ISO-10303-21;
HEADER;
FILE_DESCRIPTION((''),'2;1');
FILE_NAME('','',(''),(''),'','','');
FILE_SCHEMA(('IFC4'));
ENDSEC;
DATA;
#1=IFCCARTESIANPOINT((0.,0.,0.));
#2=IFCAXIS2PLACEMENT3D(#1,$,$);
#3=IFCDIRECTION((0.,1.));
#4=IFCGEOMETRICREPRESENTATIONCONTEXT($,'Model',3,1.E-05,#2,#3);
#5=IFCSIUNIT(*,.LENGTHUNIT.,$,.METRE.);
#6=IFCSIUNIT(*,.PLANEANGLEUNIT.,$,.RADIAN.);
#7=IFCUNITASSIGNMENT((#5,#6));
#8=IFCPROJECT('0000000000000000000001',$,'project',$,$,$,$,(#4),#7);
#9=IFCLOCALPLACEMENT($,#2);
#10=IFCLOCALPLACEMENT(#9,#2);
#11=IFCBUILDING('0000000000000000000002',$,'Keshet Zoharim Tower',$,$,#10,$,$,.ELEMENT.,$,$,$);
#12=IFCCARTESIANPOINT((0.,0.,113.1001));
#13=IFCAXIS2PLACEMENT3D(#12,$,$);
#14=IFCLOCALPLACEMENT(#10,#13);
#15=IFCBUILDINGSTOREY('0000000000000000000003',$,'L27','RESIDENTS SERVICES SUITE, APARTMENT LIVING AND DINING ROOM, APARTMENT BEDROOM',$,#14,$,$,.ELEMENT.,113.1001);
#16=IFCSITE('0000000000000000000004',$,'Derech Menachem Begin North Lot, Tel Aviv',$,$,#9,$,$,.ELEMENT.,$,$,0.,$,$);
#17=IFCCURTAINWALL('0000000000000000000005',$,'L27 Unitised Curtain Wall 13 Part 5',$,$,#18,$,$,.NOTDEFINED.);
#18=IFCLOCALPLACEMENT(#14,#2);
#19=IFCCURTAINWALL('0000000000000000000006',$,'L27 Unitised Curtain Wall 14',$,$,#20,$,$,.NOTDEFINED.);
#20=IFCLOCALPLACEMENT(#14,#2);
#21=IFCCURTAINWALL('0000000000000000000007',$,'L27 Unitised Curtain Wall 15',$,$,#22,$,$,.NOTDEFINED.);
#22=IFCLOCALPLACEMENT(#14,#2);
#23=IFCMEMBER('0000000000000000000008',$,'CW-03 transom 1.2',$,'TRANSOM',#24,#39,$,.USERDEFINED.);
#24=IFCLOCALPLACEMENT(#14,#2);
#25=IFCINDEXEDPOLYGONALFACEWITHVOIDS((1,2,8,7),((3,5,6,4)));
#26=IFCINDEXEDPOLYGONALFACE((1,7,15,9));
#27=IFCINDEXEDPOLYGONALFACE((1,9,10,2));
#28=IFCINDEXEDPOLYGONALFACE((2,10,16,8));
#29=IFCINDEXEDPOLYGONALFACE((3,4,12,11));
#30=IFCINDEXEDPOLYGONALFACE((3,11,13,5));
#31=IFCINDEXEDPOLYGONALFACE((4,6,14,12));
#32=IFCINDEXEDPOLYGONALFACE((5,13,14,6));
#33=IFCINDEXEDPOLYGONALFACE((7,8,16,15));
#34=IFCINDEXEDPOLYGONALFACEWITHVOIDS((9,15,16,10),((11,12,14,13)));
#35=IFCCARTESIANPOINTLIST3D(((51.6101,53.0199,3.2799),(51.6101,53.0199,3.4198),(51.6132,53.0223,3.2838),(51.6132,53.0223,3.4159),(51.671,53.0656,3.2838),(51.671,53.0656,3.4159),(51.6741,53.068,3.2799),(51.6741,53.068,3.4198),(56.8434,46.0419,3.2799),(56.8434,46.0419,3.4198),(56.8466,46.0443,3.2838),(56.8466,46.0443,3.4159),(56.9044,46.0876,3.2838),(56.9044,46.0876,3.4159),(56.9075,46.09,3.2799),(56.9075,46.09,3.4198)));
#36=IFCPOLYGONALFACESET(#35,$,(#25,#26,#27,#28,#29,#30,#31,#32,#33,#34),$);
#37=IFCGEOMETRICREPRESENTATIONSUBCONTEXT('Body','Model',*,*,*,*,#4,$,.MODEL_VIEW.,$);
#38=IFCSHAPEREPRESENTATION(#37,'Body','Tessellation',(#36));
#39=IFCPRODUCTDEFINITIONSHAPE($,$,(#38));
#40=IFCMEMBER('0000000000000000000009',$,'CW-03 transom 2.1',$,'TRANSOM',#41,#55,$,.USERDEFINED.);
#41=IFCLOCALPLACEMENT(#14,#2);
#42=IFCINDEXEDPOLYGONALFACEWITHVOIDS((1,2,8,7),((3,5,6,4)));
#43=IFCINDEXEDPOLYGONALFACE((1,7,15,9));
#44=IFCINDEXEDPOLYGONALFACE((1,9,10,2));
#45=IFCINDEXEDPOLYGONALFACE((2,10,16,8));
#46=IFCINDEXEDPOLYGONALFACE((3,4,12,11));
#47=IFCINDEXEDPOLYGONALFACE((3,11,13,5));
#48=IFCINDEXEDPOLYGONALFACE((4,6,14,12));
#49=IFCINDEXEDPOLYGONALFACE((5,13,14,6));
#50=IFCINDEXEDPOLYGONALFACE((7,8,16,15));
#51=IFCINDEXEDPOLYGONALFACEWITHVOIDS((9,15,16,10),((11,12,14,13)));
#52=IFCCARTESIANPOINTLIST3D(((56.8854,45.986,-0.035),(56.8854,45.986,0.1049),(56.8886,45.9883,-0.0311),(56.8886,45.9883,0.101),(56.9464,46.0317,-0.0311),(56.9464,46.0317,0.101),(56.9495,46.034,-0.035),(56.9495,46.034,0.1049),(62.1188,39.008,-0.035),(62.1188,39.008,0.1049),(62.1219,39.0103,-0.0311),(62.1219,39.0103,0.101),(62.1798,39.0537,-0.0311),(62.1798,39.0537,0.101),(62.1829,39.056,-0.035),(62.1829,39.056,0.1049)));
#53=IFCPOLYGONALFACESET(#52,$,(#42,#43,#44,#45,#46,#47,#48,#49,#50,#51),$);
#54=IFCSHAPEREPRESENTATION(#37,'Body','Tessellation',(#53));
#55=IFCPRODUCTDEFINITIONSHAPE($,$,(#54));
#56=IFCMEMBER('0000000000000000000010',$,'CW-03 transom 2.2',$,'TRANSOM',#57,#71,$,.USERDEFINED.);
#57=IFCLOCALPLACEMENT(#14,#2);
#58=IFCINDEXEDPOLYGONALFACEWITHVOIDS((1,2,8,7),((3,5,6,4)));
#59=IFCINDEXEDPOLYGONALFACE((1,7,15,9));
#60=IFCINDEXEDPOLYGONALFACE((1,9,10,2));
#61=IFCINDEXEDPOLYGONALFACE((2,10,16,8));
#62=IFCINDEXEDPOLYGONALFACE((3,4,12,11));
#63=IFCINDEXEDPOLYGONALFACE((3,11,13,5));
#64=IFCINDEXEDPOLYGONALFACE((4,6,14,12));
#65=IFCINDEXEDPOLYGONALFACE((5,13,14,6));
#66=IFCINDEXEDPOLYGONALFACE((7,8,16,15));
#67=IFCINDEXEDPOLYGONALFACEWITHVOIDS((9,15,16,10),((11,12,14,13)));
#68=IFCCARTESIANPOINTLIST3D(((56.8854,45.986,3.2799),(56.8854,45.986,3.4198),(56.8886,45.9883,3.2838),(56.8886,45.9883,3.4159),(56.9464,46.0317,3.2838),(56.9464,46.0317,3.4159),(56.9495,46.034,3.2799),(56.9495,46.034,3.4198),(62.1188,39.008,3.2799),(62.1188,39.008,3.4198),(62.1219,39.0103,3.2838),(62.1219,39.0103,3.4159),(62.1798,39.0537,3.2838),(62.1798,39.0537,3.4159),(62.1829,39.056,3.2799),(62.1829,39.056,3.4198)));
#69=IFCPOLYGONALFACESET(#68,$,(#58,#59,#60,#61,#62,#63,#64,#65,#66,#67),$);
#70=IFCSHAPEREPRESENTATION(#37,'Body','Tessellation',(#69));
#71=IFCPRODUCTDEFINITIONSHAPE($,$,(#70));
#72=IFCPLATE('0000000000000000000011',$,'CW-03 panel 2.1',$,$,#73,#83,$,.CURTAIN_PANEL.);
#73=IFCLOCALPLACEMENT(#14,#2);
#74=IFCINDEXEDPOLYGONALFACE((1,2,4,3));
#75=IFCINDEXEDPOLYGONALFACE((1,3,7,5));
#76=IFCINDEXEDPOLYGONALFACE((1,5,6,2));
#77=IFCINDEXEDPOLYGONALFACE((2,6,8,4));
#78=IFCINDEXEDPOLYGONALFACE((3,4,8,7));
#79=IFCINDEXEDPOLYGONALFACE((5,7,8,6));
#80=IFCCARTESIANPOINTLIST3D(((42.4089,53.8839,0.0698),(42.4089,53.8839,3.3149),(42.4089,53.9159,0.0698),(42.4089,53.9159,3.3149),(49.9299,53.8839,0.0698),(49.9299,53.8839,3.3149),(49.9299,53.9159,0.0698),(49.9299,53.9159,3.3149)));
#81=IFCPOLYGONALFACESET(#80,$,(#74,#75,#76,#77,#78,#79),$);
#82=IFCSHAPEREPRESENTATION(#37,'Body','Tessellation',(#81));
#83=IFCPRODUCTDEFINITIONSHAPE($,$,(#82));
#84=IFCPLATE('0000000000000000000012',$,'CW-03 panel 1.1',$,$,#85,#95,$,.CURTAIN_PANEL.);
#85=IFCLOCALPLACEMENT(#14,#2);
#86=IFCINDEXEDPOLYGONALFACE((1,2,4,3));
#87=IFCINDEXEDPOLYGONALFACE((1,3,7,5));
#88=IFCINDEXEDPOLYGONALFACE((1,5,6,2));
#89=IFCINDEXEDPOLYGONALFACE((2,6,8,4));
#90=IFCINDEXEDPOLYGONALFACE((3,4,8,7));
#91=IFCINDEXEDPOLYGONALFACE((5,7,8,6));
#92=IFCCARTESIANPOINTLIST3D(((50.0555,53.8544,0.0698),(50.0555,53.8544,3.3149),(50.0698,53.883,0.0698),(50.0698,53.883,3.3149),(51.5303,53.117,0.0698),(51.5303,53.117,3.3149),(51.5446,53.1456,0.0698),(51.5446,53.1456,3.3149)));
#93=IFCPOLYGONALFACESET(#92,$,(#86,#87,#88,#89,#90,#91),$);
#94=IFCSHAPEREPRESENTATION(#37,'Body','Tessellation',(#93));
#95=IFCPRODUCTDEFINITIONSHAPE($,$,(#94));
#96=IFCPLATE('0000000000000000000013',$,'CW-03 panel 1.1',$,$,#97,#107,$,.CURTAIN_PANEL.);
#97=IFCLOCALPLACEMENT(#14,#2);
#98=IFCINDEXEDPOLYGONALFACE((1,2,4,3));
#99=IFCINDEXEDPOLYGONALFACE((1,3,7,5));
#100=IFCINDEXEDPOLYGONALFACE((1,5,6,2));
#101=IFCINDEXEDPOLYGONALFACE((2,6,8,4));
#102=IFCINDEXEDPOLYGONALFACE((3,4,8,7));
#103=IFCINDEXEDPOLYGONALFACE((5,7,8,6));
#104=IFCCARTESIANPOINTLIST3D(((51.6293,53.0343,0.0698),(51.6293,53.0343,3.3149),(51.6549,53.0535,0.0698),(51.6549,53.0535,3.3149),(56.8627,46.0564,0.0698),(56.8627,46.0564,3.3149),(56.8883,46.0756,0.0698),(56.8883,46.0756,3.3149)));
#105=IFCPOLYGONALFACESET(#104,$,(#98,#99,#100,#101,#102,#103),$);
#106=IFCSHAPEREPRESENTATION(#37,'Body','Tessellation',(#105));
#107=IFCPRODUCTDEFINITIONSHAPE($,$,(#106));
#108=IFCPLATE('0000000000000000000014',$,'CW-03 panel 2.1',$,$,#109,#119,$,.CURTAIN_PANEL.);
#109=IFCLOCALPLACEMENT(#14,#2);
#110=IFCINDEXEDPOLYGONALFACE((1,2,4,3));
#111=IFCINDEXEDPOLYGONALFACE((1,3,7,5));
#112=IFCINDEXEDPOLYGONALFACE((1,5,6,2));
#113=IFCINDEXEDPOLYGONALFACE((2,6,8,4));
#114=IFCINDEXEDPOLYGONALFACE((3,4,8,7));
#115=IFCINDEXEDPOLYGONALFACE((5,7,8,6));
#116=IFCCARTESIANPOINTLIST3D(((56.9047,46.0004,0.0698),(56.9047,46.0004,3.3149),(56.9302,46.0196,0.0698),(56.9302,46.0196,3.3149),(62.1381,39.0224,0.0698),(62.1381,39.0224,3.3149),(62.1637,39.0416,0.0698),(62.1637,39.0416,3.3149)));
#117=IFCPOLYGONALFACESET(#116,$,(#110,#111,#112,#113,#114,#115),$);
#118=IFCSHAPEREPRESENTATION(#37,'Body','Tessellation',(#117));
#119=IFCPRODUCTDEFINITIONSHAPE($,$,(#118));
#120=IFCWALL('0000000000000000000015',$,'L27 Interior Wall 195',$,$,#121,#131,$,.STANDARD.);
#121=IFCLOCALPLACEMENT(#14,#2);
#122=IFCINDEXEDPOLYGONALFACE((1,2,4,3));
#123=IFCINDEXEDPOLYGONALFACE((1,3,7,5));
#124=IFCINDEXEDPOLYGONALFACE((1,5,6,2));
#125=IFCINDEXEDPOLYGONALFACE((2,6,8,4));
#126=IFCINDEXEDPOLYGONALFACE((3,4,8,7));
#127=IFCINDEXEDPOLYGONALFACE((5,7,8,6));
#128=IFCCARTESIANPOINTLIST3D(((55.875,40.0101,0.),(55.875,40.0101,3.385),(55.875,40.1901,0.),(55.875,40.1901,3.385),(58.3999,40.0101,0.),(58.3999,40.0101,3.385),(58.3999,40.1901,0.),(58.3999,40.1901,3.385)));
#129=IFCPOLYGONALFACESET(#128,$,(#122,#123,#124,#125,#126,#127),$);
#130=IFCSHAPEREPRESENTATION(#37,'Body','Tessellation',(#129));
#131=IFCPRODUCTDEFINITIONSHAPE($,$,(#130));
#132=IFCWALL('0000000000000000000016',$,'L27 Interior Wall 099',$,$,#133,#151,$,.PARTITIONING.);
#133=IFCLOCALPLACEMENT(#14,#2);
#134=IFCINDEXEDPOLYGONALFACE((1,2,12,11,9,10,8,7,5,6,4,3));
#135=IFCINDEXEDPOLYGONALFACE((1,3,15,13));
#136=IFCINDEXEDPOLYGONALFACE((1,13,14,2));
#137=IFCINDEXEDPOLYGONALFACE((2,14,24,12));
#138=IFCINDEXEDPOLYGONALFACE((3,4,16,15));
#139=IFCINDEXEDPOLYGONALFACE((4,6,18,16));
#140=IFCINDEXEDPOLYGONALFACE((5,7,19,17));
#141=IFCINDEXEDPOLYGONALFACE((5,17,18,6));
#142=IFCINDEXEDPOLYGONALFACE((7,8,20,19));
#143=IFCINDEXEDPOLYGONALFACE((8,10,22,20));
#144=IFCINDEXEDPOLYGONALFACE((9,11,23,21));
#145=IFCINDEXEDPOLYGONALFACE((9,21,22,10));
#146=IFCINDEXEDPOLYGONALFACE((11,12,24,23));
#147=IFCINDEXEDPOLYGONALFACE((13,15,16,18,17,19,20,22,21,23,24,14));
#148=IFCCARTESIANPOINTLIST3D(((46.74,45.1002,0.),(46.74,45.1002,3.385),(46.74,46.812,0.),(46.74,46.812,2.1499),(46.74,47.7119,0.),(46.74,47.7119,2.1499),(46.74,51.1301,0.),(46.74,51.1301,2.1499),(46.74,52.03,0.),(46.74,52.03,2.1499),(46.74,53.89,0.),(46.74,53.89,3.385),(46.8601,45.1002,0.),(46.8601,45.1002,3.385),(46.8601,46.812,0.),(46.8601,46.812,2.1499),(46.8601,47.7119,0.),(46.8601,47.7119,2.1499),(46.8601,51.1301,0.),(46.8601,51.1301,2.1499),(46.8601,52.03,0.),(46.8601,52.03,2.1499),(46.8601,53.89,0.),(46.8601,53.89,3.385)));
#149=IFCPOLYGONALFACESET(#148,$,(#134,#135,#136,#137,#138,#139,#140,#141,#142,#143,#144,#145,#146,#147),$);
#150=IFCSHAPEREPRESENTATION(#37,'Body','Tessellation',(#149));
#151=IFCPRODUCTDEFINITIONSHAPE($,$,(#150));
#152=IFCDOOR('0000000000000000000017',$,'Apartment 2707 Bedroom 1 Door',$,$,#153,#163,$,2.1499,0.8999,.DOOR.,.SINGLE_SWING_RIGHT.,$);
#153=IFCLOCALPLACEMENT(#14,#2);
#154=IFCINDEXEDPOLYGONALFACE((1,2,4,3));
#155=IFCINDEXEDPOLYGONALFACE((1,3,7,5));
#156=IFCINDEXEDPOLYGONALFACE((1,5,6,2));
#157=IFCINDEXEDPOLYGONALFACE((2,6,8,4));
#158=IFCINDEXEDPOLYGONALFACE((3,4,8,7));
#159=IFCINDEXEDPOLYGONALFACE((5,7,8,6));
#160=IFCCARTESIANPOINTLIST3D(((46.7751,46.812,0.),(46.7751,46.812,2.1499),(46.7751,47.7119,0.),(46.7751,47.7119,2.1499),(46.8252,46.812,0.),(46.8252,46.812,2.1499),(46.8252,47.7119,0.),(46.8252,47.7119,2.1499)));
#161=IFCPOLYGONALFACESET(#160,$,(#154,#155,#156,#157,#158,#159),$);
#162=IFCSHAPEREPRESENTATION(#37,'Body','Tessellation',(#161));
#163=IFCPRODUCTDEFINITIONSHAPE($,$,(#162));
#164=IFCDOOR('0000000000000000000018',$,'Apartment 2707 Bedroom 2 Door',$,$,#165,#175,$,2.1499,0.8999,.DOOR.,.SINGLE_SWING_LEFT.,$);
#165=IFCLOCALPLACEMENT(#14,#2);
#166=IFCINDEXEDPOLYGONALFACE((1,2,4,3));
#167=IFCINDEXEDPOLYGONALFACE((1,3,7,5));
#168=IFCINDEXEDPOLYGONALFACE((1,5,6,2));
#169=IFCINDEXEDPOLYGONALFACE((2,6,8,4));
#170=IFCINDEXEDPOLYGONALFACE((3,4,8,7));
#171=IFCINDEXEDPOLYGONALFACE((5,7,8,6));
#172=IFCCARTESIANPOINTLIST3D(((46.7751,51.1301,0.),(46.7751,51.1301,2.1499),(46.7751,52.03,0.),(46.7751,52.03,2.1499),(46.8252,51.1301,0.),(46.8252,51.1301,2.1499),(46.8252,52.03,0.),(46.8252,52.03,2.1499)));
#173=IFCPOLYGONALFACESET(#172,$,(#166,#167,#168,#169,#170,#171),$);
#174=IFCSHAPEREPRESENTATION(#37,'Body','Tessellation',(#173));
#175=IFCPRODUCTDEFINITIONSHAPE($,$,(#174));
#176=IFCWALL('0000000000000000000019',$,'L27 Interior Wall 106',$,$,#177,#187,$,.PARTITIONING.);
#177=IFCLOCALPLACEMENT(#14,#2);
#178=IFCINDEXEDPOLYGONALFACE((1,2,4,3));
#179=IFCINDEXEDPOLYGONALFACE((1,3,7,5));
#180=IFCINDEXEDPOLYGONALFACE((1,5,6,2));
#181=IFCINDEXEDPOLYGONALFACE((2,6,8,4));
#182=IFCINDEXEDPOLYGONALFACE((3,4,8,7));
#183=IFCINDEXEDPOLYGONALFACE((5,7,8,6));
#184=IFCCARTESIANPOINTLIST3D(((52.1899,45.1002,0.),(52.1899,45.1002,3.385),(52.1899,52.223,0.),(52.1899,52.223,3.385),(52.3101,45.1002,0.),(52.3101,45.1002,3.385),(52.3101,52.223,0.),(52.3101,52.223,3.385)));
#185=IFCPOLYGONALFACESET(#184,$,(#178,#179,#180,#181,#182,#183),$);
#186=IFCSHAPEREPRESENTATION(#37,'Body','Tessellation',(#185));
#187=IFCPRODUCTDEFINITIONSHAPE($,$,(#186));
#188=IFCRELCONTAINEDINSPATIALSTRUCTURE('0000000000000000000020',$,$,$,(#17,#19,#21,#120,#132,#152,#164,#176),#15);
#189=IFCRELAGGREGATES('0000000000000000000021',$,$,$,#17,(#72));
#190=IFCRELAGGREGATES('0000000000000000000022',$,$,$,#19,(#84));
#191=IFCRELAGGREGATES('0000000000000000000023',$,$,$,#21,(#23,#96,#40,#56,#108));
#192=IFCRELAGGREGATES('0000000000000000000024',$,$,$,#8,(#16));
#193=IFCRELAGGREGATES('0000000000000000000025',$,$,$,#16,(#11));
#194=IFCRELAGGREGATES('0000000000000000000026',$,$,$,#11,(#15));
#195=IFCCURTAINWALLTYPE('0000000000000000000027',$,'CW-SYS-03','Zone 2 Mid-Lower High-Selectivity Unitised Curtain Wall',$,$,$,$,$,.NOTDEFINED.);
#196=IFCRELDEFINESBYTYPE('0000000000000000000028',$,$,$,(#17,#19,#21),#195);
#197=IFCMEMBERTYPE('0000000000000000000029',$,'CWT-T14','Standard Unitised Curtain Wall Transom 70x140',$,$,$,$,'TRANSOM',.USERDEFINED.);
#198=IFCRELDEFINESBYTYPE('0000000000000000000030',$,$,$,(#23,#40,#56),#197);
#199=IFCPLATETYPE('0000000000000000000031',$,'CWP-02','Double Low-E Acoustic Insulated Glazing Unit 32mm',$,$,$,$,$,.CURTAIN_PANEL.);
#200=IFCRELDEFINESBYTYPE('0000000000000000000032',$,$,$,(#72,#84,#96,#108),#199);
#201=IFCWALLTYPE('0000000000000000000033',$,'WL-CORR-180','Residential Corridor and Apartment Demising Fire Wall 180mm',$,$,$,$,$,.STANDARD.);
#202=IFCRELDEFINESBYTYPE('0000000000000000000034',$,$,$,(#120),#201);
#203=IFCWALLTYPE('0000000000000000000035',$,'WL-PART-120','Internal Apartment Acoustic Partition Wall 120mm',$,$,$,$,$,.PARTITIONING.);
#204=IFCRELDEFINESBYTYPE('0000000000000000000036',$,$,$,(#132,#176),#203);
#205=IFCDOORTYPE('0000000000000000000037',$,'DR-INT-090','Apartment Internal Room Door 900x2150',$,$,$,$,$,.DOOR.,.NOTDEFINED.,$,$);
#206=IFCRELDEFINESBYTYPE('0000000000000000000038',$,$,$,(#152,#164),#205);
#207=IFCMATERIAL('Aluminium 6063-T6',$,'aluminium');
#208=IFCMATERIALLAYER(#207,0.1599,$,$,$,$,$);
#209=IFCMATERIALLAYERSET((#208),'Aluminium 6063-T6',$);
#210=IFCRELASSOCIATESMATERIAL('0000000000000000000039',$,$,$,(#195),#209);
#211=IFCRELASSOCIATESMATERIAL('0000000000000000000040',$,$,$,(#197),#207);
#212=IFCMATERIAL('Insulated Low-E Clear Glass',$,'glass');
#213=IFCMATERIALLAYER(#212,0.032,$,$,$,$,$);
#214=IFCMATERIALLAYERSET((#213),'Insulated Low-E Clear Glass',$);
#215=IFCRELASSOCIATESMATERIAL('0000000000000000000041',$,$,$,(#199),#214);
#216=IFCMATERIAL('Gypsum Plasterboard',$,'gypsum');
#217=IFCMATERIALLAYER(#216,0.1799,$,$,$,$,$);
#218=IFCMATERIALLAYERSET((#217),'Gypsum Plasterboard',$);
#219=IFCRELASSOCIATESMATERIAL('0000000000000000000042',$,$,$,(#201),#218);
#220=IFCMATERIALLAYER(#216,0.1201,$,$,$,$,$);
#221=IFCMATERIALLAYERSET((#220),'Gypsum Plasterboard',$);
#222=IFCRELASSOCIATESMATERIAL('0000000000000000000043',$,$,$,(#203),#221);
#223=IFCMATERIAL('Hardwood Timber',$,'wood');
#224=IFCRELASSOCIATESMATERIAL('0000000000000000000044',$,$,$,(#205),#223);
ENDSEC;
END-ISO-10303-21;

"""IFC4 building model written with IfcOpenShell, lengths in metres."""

from ifc_helpers import new_model, si_unit, direction, frame, frame_2d, origin, origin_2d, place, context, subcontext, project, spatial, rectangle, hollow_rectangle, extrude, material, layer, layer_set, material_profile, profile_set, type_object, element, fill, aggregate, save


model = new_model("IFC4")

# Units and contexts
model_context = context("Model", 3, precision=1e-05, world=origin(), true_north=direction((0.0, 1.0)))
body_context = subcontext(model_context, "Body", "Model", "MODEL_VIEW")
ifc_project = project(units=[si_unit("LENGTHUNIT", "METRE"), si_unit("PLANEANGLEUNIT", "RADIAN")], contexts=[model_context])

# Site, building, storey
site_placement = place(None, origin())
site = spatial("IfcSite", under=ifc_project, at=site_placement, Name="Derech Menachem Begin North Lot, Tel Aviv", CompositionType="ELEMENT", RefElevation=0.0)
building_placement = place(site_placement, origin())
building = spatial("IfcBuilding", under=site, at=building_placement, Name="Keshet Zoharim Tower", CompositionType="ELEMENT")
storey_placement = place(building_placement, frame((0.0, 0.0, 113.1001)))
storey = spatial("IfcBuildingStorey", under=building, at=storey_placement, Name="L27", Description="RESIDENTS SERVICES SUITE, APARTMENT LIVING AND DINING ROOM, APARTMENT BEDROOM", CompositionType="ELEMENT", Elevation=113.1001)

# Curtain wall
ifc_material_1 = material(Name="Aluminium 6063-T6", Category="aluminium")
ifc_layer_1 = layer(ifc_material_1, 0.1599)
ifc_layer_set_1 = layer_set([ifc_layer_1], Name="Aluminium 6063-T6")
curtain_wall_type = type_object("IfcCurtainWallType", Name="CW-SYS-03", Description="Zone 2 Mid-Lower High-Selectivity Unitised Curtain Wall", PredefinedType="NOTDEFINED", material=ifc_layer_set_1)
curtain_wall_1_placement = place(storey_placement, origin())
curtain_wall_1 = element("IfcCurtainWall", 1, at=curtain_wall_1_placement, inside=storey, type_object=curtain_wall_type, Name="L27 Unitised Curtain Wall 13 Part 5", PredefinedType="NOTDEFINED")

# Curtain walls
curtain_wall_2_placement = place(storey_placement, origin())
curtain_wall_2 = element("IfcCurtainWall", 2, at=curtain_wall_2_placement, inside=storey, type_object=curtain_wall_type, Name="L27 Unitised Curtain Wall 14", PredefinedType="NOTDEFINED")
curtain_wall_3_placement = place(storey_placement, origin())
curtain_wall_3 = element("IfcCurtainWall", 3, at=curtain_wall_3_placement, inside=storey, type_object=curtain_wall_type, Name="L27 Unitised Curtain Wall 15", PredefinedType="NOTDEFINED")

# Members
ifc_material_profile_1 = material_profile(ifc_material_1, hollow_rectangle(XDim=0.0801, YDim=0.1399, WallThickness=0.0039, at=origin_2d()), Name="TRN-80x140")
ifc_profile_set_1 = profile_set([ifc_material_profile_1], Name="Aluminium 6063-T6")
member_type_1 = type_object("IfcMemberType", Name="CWT-T14", Description="Standard Unitised Curtain Wall Transom 70x140", ElementType="TRANSOM", PredefinedType="USERDEFINED", material=ifc_profile_set_1)
member_1_placement = place(storey_placement, frame((51.6421, 53.0439, 3.3499), z_axis=(0.599991, -0.800007, 0.0), x_axis=(0.800007, 0.599991, 0.0)))
member_1 = element("IfcMember", 4, at=member_1_placement, type_object=member_type_1, Name="CW-03 transom 1.2", ObjectType="TRANSOM", PredefinedType="USERDEFINED", context=body_context, shape_type="SweptSolid", body=[
    extrude(hollow_rectangle(XDim=0.0801, YDim=0.1399, WallThickness=0.0039, at=origin_2d()), origin(), (0.0, 0.0, 1.0), 8.7224),
])
member_2_placement = place(storey_placement, frame((56.9175, 46.01, 0.0349), z_axis=(0.599991, -0.800007, 0.0), x_axis=(0.800007, 0.599991, 0.0)))
member_2 = element("IfcMember", 5, at=member_2_placement, type_object=member_type_1, Name="CW-03 transom 2.1", ObjectType="TRANSOM", PredefinedType="USERDEFINED", context=body_context, shape_type="SweptSolid", body=[
    extrude(hollow_rectangle(XDim=0.0801, YDim=0.1399, WallThickness=0.0039, at=origin_2d()), origin(), (0.0, 0.0, 1.0), 8.7224),
])
member_3_placement = place(storey_placement, frame((56.9175, 46.01, 3.3499), z_axis=(0.599991, -0.800007, 0.0), x_axis=(0.800007, 0.599991, 0.0)))
member_3 = element("IfcMember", 6, at=member_3_placement, type_object=member_type_1, Name="CW-03 transom 2.2", ObjectType="TRANSOM", PredefinedType="USERDEFINED", context=body_context, shape_type="SweptSolid", body=[
    extrude(hollow_rectangle(XDim=0.0801, YDim=0.1399, WallThickness=0.0039, at=origin_2d()), origin(), (0.0, 0.0, 1.0), 8.7224),
])

# Plates
ifc_material_2 = material(Name="Insulated Low-E Clear Glass", Category="glass")
ifc_layer_2 = layer(ifc_material_2, 0.032)
ifc_layer_set_2 = layer_set([ifc_layer_2], Name="Insulated Low-E Clear Glass")
plate_type = type_object("IfcPlateType", Name="CWP-02", Description="Double Low-E Acoustic Insulated Glazing Unit 32mm", PredefinedType="CURTAIN_PANEL", material=ifc_layer_set_2)
plate_1_placement = place(storey_placement, frame((46.1694, 53.8999, 0.0698), z_axis=(0.0, 0.0, 1.0), x_axis=(1.0, 0.0, 0.0)))
plate_1 = element("IfcPlate", 7, at=plate_1_placement, type_object=plate_type, Name="CW-03 panel 2.1", PredefinedType="CURTAIN_PANEL", context=body_context, shape_type="SweptSolid", body=[
    extrude(rectangle(XDim=7.521, YDim=0.032, at=origin_2d()), origin(), (0.0, 0.0, 1.0), 3.2451),
])
aggregate(curtain_wall_1, [plate_1])
plate_2_placement = place(storey_placement, frame((50.8, 53.5, 0.0698), z_axis=(0.0, 0.0, 1.0), x_axis=(0.894427, -0.447214, 0.0)))
plate_2 = element("IfcPlate", 8, at=plate_2_placement, type_object=plate_type, Name="CW-03 panel 1.1", PredefinedType="CURTAIN_PANEL", context=body_context, shape_type="SweptSolid", body=[
    extrude(rectangle(XDim=1.6489, YDim=0.032, at=origin_2d()), origin(), (0.0, 0.0, 1.0), 3.2451),
])
aggregate(curtain_wall_2, [plate_2])
plate_3_placement = place(storey_placement, frame((54.2588, 49.5549, 0.0698), z_axis=(0.0, 0.0, 1.0), x_axis=(0.6, -0.8, 0.0)))
plate_3 = element("IfcPlate", 9, at=plate_3_placement, type_object=plate_type, Name="CW-03 panel 1.1", PredefinedType="CURTAIN_PANEL", context=body_context, shape_type="SweptSolid", body=[
    extrude(rectangle(XDim=8.7224, YDim=0.032, at=origin_2d()), origin(), (0.0, 0.0, 1.0), 3.2451),
])
plate_4_placement = place(storey_placement, frame((59.5342, 42.521, 0.0698), z_axis=(0.0, 0.0, 1.0), x_axis=(0.6, -0.8, 0.0)))
plate_4 = element("IfcPlate", 10, at=plate_4_placement, type_object=plate_type, Name="CW-03 panel 2.1", PredefinedType="CURTAIN_PANEL", context=body_context, shape_type="SweptSolid", body=[
    extrude(rectangle(XDim=8.7224, YDim=0.032, at=origin_2d()), origin(), (0.0, 0.0, 1.0), 3.2451),
])
aggregate(curtain_wall_3, [member_1, plate_3, member_2, member_3, plate_4])

# Wall
ifc_material_3 = material(Name="Gypsum Plasterboard", Category="gypsum")
ifc_layer_3 = layer(ifc_material_3, 0.1799)
ifc_layer_set_3 = layer_set([ifc_layer_3], Name="Gypsum Plasterboard")
wall_type_1 = type_object("IfcWallType", Name="WL-CORR-180", Description="Residential Corridor and Apartment Demising Fire Wall 180mm", PredefinedType="STANDARD", material=ifc_layer_set_3)
wall_1_placement = place(storey_placement, frame((55.875, 40.1001, 0.0), z_axis=(0.0, 0.0, 1.0), x_axis=(1.0, 0.0, 0.0)))
element("IfcWall", 11, at=wall_1_placement, inside=storey, type_object=wall_type_1, Name="L27 Interior Wall 195", PredefinedType="STANDARD", context=body_context, shape_type="SweptSolid", body=[
    extrude(rectangle(XDim=2.5249, YDim=0.1799, at=frame_2d((1.2625, 0.0))), origin(), (0.0, 0.0, 1.0), 3.385),
])

# Wall, openings, doors
ifc_layer_4 = layer(ifc_material_3, 0.1201)
ifc_layer_set_4 = layer_set([ifc_layer_4], Name="Gypsum Plasterboard")
wall_type_2 = type_object("IfcWallType", Name="WL-PART-120", Description="Internal Apartment Acoustic Partition Wall 120mm", PredefinedType="PARTITIONING", material=ifc_layer_set_4)
wall_2_placement = place(storey_placement, frame((46.8, 45.1001, 0.0), z_axis=(0.0, 0.0, 1.0), x_axis=(0.0, 1.0, 0.0)))
wall_2 = element("IfcWall", 12, at=wall_2_placement, inside=storey, type_object=wall_type_2, Name="L27 Interior Wall 099", PredefinedType="PARTITIONING", context=body_context, shape_type="SweptSolid", body=[
    extrude(rectangle(XDim=8.7898, YDim=0.1201, at=frame_2d((4.395, 0.0))), origin(), (0.0, 0.0, 1.0), 3.385),
])
opening_1_placement = place(wall_2_placement, frame((1.7119, 0.0, 0.0)))
opening_1 = element("IfcOpeningElement", 13, at=opening_1_placement, cuts=wall_2, PredefinedType="OPENING", context=body_context, shape_type="SweptSolid", body=[
    extrude(rectangle(XDim=0.8999, YDim=2.1499, at=frame_2d((0.45, 1.075))), frame((0.0, 0.0701, 0.0), z_axis=(0.0, -1.0, 0.0), x_axis=(1.0, 0.0, 0.0)), (0.0, 0.0, 1.0), 0.1401),
])
opening_2_placement = place(wall_2_placement, frame((6.03, 0.0, 0.0)))
opening_2 = element("IfcOpeningElement", 14, at=opening_2_placement, cuts=wall_2, PredefinedType="OPENING", context=body_context, shape_type="SweptSolid", body=[
    extrude(rectangle(XDim=0.8999, YDim=2.1499, at=frame_2d((0.45, 1.075))), frame((0.0, 0.0701, 0.0), z_axis=(0.0, -1.0, 0.0), x_axis=(1.0, 0.0, 0.0)), (0.0, 0.0, 1.0), 0.1401),
])
ifc_material_4 = material(Name="Hardwood Timber", Category="wood")
door_type_1 = type_object("IfcDoorType", Name="DR-INT-090", Description="Apartment Internal Room Door 900x2150", OperationType="NOTDEFINED", PredefinedType="DOOR", material=ifc_material_4)
door_1_placement = place(opening_1_placement, origin())
door_1 = element("IfcDoor", 15, at=door_1_placement, inside=storey, type_object=door_type_1, Name="Apartment 2707 Bedroom 1 Door", OperationType="SINGLE_SWING_RIGHT", OverallHeight=2.1499, OverallWidth=0.8999, PredefinedType="DOOR", context=body_context, shape_type="SweptSolid", body=[
    extrude(rectangle(XDim=0.8999, YDim=2.1499, at=frame_2d((0.45, 1.075))), frame((0.0, 0.0249, 0.0), z_axis=(0.0, -1.0, 0.0), x_axis=(1.0, 0.0, 0.0)), (0.0, 0.0, 1.0), 0.05),
])
fill(opening_1, door_1)
door_2_placement = place(opening_2_placement, origin())
door_2 = element("IfcDoor", 16, at=door_2_placement, inside=storey, type_object=door_type_1, Name="Apartment 2707 Bedroom 2 Door", OperationType="SINGLE_SWING_LEFT", OverallHeight=2.1499, OverallWidth=0.8999, PredefinedType="DOOR", context=body_context, shape_type="SweptSolid", body=[
    extrude(rectangle(XDim=0.8999, YDim=2.1499, at=frame_2d((0.45, 1.075))), frame((0.0, 0.0249, 0.0), z_axis=(0.0, -1.0, 0.0), x_axis=(1.0, 0.0, 0.0)), (0.0, 0.0, 1.0), 0.05),
])
fill(opening_2, door_2)

# Wall
wall_3_placement = place(storey_placement, frame((52.25, 45.1001, 0.0), z_axis=(0.0, 0.0, 1.0), x_axis=(0.0, 1.0, 0.0)))
element("IfcWall", 17, at=wall_3_placement, inside=storey, type_object=wall_type_2, Name="L27 Interior Wall 106", PredefinedType="PARTITIONING", context=body_context, shape_type="SweptSolid", body=[
    extrude(rectangle(XDim=7.1228, YDim=0.1201, at=frame_2d((3.5615, 0.0))), origin(), (0.0, 0.0, 1.0), 3.385),
])

save(model, "model.ifc")
